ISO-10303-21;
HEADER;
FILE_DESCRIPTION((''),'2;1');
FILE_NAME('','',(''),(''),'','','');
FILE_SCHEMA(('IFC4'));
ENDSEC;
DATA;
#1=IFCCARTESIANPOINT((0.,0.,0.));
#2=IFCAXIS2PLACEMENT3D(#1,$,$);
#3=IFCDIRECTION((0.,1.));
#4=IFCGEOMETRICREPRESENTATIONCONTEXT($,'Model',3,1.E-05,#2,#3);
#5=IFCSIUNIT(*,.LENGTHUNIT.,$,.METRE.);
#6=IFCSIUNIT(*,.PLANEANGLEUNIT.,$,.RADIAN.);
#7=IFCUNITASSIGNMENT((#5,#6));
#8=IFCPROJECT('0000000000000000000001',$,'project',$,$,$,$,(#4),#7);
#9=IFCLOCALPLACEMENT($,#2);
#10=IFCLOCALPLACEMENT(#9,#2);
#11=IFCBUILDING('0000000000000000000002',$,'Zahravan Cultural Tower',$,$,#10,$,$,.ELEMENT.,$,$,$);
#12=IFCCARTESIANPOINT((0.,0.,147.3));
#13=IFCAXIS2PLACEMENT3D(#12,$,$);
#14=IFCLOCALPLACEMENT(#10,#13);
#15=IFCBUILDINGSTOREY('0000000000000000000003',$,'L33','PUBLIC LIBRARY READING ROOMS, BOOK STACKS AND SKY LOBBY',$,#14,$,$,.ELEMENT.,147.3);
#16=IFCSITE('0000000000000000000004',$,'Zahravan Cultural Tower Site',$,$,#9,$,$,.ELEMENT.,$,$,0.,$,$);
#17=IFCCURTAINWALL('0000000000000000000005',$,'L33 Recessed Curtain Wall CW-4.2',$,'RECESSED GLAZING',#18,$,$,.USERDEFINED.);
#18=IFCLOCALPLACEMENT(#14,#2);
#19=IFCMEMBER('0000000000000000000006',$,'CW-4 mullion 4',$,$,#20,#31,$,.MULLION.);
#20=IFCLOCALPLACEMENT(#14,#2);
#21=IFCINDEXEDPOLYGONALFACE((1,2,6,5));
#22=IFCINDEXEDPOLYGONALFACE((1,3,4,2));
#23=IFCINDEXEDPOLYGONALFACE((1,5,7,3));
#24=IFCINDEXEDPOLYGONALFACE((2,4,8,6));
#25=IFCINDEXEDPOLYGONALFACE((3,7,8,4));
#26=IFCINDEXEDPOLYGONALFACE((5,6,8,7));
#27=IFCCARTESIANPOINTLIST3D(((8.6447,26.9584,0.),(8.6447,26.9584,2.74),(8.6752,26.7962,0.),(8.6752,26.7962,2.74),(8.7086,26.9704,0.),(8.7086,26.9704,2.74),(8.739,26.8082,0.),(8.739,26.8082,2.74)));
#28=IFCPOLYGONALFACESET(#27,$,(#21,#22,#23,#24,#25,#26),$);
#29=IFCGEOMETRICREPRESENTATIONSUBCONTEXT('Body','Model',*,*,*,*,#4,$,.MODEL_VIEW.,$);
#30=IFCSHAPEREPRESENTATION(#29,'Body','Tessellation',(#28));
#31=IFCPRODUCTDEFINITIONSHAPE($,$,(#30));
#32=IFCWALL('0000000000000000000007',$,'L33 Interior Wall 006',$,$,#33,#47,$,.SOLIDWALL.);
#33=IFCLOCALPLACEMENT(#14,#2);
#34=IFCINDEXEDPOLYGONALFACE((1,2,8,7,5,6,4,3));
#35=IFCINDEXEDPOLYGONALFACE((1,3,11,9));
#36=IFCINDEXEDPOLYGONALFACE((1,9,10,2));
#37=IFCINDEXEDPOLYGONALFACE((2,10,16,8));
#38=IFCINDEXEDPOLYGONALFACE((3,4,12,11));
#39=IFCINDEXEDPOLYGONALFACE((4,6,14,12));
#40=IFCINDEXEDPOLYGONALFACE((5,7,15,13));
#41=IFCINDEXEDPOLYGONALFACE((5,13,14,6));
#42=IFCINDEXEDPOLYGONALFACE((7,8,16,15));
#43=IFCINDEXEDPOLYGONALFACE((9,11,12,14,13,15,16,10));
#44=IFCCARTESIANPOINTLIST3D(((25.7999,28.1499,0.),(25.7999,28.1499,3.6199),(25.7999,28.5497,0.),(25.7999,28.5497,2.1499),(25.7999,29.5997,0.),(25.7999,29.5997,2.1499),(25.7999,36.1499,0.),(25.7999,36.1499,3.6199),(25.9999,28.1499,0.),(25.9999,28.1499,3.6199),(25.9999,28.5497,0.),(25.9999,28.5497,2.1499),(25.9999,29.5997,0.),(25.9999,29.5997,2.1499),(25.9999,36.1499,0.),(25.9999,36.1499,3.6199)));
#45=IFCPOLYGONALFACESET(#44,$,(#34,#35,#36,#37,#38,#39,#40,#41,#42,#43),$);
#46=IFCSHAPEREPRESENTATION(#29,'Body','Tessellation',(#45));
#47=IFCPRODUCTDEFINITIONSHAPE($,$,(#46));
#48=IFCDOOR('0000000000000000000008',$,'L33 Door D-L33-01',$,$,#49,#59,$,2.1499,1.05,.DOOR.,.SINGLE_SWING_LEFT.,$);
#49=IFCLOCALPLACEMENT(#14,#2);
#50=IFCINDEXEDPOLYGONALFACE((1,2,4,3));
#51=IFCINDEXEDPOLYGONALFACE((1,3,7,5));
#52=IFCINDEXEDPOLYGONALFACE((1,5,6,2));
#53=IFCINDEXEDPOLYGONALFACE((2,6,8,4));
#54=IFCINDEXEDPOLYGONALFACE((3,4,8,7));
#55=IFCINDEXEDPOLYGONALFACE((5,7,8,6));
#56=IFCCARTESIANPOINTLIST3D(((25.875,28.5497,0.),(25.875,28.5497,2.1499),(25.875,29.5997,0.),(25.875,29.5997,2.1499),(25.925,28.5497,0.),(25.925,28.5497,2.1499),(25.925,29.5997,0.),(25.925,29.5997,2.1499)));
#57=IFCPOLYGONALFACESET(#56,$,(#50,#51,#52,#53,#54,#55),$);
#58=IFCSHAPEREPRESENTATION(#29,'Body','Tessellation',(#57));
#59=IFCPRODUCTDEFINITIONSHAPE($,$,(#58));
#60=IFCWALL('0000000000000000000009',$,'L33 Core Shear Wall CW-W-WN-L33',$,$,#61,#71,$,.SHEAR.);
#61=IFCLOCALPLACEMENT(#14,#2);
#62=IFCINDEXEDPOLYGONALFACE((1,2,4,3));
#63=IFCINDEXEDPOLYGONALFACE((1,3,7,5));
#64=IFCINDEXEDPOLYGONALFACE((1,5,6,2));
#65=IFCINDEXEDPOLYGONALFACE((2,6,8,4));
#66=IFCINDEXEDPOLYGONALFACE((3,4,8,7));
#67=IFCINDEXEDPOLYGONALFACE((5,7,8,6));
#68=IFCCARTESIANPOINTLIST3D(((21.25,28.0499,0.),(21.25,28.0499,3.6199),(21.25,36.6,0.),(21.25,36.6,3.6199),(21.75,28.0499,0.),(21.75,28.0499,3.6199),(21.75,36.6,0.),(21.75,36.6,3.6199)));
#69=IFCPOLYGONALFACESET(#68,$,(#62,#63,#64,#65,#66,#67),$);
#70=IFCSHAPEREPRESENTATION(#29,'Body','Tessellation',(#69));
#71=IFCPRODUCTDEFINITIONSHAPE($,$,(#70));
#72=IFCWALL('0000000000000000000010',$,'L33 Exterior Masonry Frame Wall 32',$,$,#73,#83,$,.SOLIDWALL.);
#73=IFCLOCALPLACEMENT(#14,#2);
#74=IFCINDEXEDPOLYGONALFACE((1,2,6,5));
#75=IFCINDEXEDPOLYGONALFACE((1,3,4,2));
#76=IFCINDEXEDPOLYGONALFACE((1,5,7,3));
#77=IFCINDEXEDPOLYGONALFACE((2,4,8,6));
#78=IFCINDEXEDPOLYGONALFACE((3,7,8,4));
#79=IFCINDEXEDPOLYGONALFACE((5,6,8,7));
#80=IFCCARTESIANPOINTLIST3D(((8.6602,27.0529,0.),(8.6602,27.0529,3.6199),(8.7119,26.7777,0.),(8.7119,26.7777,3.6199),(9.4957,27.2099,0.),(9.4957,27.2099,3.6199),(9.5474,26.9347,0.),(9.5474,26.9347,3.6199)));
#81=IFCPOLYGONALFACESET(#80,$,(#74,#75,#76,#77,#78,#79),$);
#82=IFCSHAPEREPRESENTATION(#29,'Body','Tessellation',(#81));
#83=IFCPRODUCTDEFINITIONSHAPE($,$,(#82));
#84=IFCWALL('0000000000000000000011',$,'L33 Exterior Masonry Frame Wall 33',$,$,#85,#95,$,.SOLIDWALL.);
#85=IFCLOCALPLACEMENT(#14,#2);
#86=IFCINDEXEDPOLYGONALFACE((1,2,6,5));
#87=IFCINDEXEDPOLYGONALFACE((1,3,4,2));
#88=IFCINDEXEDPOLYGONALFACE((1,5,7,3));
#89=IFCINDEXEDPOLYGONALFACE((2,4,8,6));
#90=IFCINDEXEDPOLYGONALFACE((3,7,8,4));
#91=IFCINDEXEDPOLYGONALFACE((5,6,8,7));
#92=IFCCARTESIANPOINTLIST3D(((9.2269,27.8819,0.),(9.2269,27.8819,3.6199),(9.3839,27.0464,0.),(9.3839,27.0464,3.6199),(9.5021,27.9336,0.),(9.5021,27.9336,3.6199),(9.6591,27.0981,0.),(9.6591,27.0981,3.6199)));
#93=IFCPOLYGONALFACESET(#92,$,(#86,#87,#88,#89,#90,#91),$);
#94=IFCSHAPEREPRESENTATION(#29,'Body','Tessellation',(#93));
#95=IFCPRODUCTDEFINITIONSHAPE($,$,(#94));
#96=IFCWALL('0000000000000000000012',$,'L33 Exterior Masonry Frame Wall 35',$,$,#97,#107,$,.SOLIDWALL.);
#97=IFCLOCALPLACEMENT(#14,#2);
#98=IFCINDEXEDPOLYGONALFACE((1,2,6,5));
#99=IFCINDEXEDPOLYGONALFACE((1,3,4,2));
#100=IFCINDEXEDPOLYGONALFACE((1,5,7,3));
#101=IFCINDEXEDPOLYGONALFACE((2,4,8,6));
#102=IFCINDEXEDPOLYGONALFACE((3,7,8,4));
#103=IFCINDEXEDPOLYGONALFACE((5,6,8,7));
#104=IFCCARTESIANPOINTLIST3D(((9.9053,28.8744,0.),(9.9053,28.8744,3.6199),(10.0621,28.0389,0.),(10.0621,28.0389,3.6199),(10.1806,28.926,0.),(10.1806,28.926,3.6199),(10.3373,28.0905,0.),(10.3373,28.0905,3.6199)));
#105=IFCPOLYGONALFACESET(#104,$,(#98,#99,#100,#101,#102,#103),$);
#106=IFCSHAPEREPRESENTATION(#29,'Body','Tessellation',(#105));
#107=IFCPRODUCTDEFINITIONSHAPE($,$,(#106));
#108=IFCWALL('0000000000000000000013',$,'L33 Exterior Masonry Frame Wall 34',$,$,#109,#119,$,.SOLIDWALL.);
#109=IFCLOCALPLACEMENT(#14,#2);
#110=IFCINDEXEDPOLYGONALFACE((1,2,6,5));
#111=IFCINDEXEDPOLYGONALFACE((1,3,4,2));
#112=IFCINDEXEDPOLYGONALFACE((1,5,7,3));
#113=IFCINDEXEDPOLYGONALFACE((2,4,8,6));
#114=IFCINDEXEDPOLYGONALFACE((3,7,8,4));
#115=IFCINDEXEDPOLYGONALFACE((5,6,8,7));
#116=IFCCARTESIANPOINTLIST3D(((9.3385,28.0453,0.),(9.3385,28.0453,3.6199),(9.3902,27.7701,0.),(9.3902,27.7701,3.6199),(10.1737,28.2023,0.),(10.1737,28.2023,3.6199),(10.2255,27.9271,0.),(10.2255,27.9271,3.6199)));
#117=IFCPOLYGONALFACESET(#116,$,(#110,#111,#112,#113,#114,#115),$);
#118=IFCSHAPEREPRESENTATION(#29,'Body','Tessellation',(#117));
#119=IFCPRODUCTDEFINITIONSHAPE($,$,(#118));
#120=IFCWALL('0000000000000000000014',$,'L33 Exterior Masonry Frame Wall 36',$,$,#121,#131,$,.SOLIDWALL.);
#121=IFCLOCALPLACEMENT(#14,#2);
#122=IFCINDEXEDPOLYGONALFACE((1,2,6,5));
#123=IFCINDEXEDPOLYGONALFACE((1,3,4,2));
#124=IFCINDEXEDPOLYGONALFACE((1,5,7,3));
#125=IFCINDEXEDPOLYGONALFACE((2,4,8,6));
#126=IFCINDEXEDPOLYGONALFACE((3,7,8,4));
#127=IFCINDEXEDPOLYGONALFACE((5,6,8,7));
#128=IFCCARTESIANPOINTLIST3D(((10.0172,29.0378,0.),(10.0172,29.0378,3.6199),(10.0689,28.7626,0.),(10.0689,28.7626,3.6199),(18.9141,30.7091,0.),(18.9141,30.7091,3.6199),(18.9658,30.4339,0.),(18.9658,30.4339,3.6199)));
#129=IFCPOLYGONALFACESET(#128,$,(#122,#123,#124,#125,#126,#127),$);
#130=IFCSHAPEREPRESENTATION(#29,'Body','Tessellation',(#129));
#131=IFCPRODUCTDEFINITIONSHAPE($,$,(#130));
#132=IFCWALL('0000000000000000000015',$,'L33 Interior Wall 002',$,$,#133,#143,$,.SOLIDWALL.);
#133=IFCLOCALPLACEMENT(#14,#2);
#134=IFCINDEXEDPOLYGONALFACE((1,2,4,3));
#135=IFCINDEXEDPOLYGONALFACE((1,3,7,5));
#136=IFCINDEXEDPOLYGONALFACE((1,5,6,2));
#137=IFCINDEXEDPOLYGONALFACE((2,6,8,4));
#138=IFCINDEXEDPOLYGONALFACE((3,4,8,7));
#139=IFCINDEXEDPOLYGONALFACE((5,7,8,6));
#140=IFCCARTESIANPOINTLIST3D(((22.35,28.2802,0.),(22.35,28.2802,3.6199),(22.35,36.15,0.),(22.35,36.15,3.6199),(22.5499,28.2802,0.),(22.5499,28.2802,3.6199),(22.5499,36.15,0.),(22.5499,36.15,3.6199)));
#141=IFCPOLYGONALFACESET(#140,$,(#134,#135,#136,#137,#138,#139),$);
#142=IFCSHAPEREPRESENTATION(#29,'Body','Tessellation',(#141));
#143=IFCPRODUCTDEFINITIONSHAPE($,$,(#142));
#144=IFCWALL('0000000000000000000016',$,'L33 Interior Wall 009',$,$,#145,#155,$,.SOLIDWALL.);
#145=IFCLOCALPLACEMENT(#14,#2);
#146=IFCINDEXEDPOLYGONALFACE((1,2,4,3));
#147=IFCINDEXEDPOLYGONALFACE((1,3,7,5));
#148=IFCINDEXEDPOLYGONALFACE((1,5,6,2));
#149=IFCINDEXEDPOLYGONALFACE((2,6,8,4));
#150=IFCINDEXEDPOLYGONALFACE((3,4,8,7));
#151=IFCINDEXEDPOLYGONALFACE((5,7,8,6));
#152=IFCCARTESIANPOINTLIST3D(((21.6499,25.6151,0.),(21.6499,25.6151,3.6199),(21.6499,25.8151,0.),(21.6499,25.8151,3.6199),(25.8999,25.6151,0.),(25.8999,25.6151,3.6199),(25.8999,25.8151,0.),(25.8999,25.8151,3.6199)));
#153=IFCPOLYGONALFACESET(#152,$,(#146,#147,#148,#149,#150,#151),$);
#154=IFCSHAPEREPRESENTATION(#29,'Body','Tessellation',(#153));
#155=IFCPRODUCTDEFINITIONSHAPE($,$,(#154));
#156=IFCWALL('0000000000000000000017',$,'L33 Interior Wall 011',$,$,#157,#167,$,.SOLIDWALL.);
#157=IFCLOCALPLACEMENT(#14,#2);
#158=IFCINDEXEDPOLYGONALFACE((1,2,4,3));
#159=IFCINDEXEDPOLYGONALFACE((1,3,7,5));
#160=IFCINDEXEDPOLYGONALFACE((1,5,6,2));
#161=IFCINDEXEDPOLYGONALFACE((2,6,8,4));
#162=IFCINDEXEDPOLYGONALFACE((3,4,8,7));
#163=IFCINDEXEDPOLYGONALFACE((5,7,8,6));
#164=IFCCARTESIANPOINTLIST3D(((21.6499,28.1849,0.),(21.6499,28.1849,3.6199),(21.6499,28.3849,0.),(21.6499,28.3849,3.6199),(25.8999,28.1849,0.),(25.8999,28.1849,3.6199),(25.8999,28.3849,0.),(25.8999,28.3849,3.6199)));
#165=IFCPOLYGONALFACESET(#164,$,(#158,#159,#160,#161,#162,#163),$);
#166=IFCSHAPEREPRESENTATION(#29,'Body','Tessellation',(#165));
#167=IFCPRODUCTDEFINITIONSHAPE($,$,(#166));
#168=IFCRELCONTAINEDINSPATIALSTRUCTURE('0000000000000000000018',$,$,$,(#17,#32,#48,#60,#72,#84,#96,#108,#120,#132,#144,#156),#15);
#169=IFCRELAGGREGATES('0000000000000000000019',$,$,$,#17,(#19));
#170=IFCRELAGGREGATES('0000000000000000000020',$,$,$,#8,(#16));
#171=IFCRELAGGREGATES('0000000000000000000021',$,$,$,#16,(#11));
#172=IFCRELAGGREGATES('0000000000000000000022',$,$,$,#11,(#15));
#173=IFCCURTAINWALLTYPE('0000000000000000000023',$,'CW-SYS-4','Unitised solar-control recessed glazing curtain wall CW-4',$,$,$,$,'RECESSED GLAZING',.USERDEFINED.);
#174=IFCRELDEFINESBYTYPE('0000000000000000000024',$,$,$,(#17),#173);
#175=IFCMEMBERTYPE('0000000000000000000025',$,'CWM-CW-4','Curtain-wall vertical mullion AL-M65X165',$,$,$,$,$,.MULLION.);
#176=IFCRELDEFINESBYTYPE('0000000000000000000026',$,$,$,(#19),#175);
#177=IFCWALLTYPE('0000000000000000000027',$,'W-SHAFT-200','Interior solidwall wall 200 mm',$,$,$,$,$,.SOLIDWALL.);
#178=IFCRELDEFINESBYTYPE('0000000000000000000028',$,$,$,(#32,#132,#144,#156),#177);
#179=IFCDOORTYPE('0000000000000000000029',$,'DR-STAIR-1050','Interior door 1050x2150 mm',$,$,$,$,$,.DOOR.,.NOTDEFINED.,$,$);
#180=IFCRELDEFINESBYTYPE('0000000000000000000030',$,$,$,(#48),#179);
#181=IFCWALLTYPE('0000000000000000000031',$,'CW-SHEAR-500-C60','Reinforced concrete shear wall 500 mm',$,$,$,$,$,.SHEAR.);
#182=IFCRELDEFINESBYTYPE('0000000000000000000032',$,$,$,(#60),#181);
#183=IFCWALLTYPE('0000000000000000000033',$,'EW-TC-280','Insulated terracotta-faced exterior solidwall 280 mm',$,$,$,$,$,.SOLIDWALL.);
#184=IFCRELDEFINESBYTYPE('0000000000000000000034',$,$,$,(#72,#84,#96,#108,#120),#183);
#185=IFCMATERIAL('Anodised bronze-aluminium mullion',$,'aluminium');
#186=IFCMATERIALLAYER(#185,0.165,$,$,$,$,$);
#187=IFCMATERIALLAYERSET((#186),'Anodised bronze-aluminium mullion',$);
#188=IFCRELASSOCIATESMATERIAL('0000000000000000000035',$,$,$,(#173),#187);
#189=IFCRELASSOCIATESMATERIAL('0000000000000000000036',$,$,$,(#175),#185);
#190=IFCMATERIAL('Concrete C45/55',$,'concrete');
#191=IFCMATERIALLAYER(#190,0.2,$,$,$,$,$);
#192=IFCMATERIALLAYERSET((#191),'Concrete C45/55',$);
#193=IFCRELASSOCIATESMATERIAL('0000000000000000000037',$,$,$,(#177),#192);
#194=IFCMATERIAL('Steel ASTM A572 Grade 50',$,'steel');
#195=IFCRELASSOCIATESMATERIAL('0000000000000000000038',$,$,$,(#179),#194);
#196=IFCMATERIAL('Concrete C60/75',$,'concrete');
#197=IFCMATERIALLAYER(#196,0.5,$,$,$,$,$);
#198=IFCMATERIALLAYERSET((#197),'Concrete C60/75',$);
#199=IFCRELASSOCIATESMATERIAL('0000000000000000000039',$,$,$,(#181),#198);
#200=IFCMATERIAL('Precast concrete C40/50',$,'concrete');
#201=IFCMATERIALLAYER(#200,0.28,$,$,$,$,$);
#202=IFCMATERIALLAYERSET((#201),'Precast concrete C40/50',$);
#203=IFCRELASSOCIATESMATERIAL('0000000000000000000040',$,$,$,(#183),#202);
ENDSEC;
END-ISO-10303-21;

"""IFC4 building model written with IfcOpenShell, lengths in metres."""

from ifc_helpers import new_model, si_unit, direction, frame, frame_2d, origin, origin_2d, place, context, subcontext, project, spatial, rectangle, extrude, source, transform, mapped, material, layer, layer_set, material_profile, profile_set, type_object, element, fill, aggregate, save


model = new_model("IFC4")

# Units and contexts
model_context = context("Model", 3, precision=1e-05, world=origin(), true_north=direction((0.0, 1.0)))
body_context = subcontext(model_context, "Body", "Model", "MODEL_VIEW")
ifc_project = project(units=[si_unit("LENGTHUNIT", "METRE"), si_unit("PLANEANGLEUNIT", "RADIAN")], contexts=[model_context])

# Site, building, storey
site_placement = place(None, origin())
site = spatial("IfcSite", under=ifc_project, at=site_placement, Name="Zahravan Cultural Tower Site", CompositionType="ELEMENT", RefElevation=0.0)
building_placement = place(site_placement, origin())
building = spatial("IfcBuilding", under=site, at=building_placement, Name="Zahravan Cultural Tower", CompositionType="ELEMENT")
storey_placement = place(building_placement, frame((0.0, 0.0, 147.3)))
storey = spatial("IfcBuildingStorey", under=building, at=storey_placement, Name="L33", Description="PUBLIC LIBRARY READING ROOMS, BOOK STACKS AND SKY LOBBY", CompositionType="ELEMENT", Elevation=147.3)

# Curtain wall, member
ifc_material_1 = material(Name="Anodised bronze-aluminium mullion", Category="aluminium")
ifc_layer_1 = layer(ifc_material_1, 0.165)
ifc_layer_set_1 = layer_set([ifc_layer_1], Name="Anodised bronze-aluminium mullion")
curtain_wall_type = type_object("IfcCurtainWallType", Name="CW-SYS-4", Description="Unitised solar-control recessed glazing curtain wall CW-4", ElementType="RECESSED GLAZING", PredefinedType="USERDEFINED", material=ifc_layer_set_1)
curtain_wall_placement = place(storey_placement, origin())
curtain_wall = element("IfcCurtainWall", 1, at=curtain_wall_placement, inside=storey, type_object=curtain_wall_type, Name="L33 Recessed Curtain Wall CW-4.2", ObjectType="RECESSED GLAZING", PredefinedType="USERDEFINED")
ifc_material_profile_1 = material_profile(ifc_material_1, rectangle(XDim=0.0649, YDim=0.165, at=origin_2d()), Name="AL-M65X165")
ifc_profile_set_1 = profile_set([ifc_material_profile_1], Name="Anodised bronze-aluminium mullion")
member_type = type_object("IfcMemberType", Name="CWM-CW-4", Description="Curtain-wall vertical mullion AL-M65X165", PredefinedType="MULLION", material=ifc_profile_set_1)
shared_shape_1 = source(origin(), body_context, "Body", "SweptSolid", [
    extrude(rectangle(XDim=0.0649, YDim=0.165, at=origin_2d()), origin(), (0.0, 0.0, 1.0), 2.74),
])
member_placement = place(storey_placement, frame((8.6919, 26.8833, 0.0), z_axis=(0.0, 0.0, 1.0), x_axis=(-0.982807, -0.184638, 0.0)))
member = element("IfcMember", 2, at=member_placement, type_object=member_type, Name="CW-4 mullion 4", PredefinedType="MULLION", context=body_context, shape_type="MappedRepresentation", body=[
    mapped(shared_shape_1, transform((0.0, 0.0, 0.0), x_axis=(1.0, 0.0, 0.0), y_axis=(0.0, 1.0, 0.0), z_axis=(0.0, 0.0, 1.0), scale=1.0)),
])
aggregate(curtain_wall, [member])

# Wall, opening, door
ifc_material_2 = material(Name="Concrete C45/55", Category="concrete")
ifc_layer_2 = layer(ifc_material_2, 0.2)
ifc_layer_set_2 = layer_set([ifc_layer_2], Name="Concrete C45/55")
wall_type_1 = type_object("IfcWallType", Name="W-SHAFT-200", Description="Interior solidwall wall 200 mm", PredefinedType="SOLIDWALL", material=ifc_layer_set_2)
wall_1_placement = place(storey_placement, frame((25.8999, 28.1499, 0.0), z_axis=(0.0, 0.0, 1.0), x_axis=(0.0, 1.0, 0.0)))
wall_1 = element("IfcWall", 3, at=wall_1_placement, inside=storey, type_object=wall_type_1, Name="L33 Interior Wall 006", PredefinedType="SOLIDWALL", context=body_context, shape_type="SweptSolid", body=[
    extrude(rectangle(XDim=8.0, YDim=0.2, at=frame_2d((4.0, 0.0))), origin(), (0.0, 0.0, 1.0), 3.6199),
])
opening_placement = place(wall_1_placement, frame((0.3999, 0.0, 0.0)))
opening = element("IfcOpeningElement", 4, at=opening_placement, cuts=wall_1, PredefinedType="OPENING", context=body_context, shape_type="SweptSolid", body=[
    extrude(rectangle(XDim=1.05, YDim=2.1499, at=frame_2d((0.5249, 1.075))), frame((0.0, 0.1099, 0.0), z_axis=(0.0, -1.0, 0.0), x_axis=(1.0, 0.0, 0.0)), (0.0, 0.0, 1.0), 0.22),
])
ifc_material_3 = material(Name="Steel ASTM A572 Grade 50", Category="steel")
door_type = type_object("IfcDoorType", Name="DR-STAIR-1050", Description="Interior door 1050x2150 mm", OperationType="NOTDEFINED", PredefinedType="DOOR", material=ifc_material_3)
shared_shape_2 = source(origin(), body_context, "Body", "SweptSolid", [
    extrude(rectangle(XDim=1.05, YDim=2.1499, at=frame_2d((0.5249, 1.075))), frame((0.0, 0.0249, 0.0), z_axis=(0.0, -1.0, 0.0), x_axis=(1.0, 0.0, 0.0)), (0.0, 0.0, 1.0), 0.05),
])
door_placement = place(opening_placement, origin())
door = element("IfcDoor", 5, at=door_placement, inside=storey, type_object=door_type, Name="L33 Door D-L33-01", OperationType="SINGLE_SWING_LEFT", OverallHeight=2.1499, OverallWidth=1.05, PredefinedType="DOOR", context=body_context, shape_type="MappedRepresentation", body=[
    mapped(shared_shape_2, transform((0.0, 0.0, 0.0), x_axis=(1.0, 0.0, 0.0), y_axis=(0.0, 1.0, 0.0), z_axis=(0.0, 0.0, 1.0), scale=1.0)),
])
fill(opening, door)

# Walls
ifc_material_4 = material(Name="Concrete C60/75", Category="concrete")
ifc_layer_3 = layer(ifc_material_4, 0.5)
ifc_layer_set_3 = layer_set([ifc_layer_3], Name="Concrete C60/75")
wall_type_2 = type_object("IfcWallType", Name="CW-SHEAR-500-C60", Description="Reinforced concrete shear wall 500 mm", PredefinedType="SHEAR", material=ifc_layer_set_3)
shared_shape_3 = source(origin(), body_context, "Body", "SweptSolid", [
    extrude(rectangle(XDim=8.55, YDim=0.5, at=frame_2d((4.2749, 0.0))), origin(), (0.0, 0.0, 1.0), 3.6199),
])
wall_2_placement = place(storey_placement, frame((21.5, 28.05, 0.0), z_axis=(0.0, 0.0, 1.0), x_axis=(0.0, 1.0, 0.0)))
element("IfcWall", 6, at=wall_2_placement, inside=storey, type_object=wall_type_2, Name="L33 Core Shear Wall CW-W-WN-L33", PredefinedType="SHEAR", context=body_context, shape_type="MappedRepresentation", body=[
    mapped(shared_shape_3, transform((0.0, 0.0, 0.0), x_axis=(1.0, 0.0, 0.0), y_axis=(0.0, 1.0, 0.0), z_axis=(0.0, 0.0, 1.0), scale=1.0)),
])
ifc_material_5 = material(Name="Precast concrete C40/50", Category="concrete")
ifc_layer_4 = layer(ifc_material_5, 0.28)
ifc_layer_set_4 = layer_set([ifc_layer_4], Name="Precast concrete C40/50")
wall_type_3 = type_object("IfcWallType", Name="EW-TC-280", Description="Insulated terracotta-faced exterior solidwall 280 mm", PredefinedType="SOLIDWALL", material=ifc_layer_set_4)
shared_shape_4 = source(origin(), body_context, "Body", "SweptSolid", [
    extrude(rectangle(XDim=0.8501, YDim=0.28, at=frame_2d((0.425, 0.0))), origin(), (0.0, 0.0, 1.0), 3.6199),
])
for number, where, z_axis, x_axis, name in (
    (7, (8.686, 26.9153, 0.0), (0.0, 0.0, 1.0), (0.982801, 0.18467, 0.0), "L33 Exterior Masonry Frame Wall 32"),
    (8, (9.5215, 27.0723, 0.0), (0.0, 0.0, 1.0), (-0.18467, 0.982801, 0.0), "L33 Exterior Masonry Frame Wall 33"),
    (9, (10.1997, 28.0647, 0.0), (0.0, 0.0, 1.0), (-0.184393, 0.982853, 0.0), "L33 Exterior Masonry Frame Wall 35"),
):
    element("IfcWall", number, at=place(storey_placement, frame(where, z_axis=z_axis, x_axis=x_axis)), inside=storey, type_object=wall_type_3, Name=name, PredefinedType="SOLIDWALL", context=body_context, shape_type="MappedRepresentation", body=[
        mapped(shared_shape_4, transform((0.0, 0.0, 0.0), x_axis=(1.0, 0.0, 0.0), y_axis=(0.0, 1.0, 0.0), z_axis=(0.0, 0.0, 1.0), scale=1.0)),
    ])
shared_shape_5 = source(origin(), body_context, "Body", "SweptSolid", [
    extrude(rectangle(XDim=0.8499, YDim=0.28, at=frame_2d((0.4248, 0.0))), origin(), (0.0, 0.0, 1.0), 3.6199),
])
wall_3_placement = place(storey_placement, frame((9.3645, 27.9077, 0.0), z_axis=(0.0, 0.0, 1.0), x_axis=(0.982791, 0.184722, 0.0)))
element("IfcWall", 10, at=wall_3_placement, inside=storey, type_object=wall_type_3, Name="L33 Exterior Masonry Frame Wall 34", PredefinedType="SOLIDWALL", context=body_context, shape_type="MappedRepresentation", body=[
    mapped(shared_shape_5, transform((0.0, 0.0, 0.0), x_axis=(1.0, 0.0, 0.0), y_axis=(0.0, 1.0, 0.0), z_axis=(0.0, 0.0, 1.0), scale=1.0)),
])
shared_shape_6 = source(origin(), body_context, "Body", "SweptSolid", [
    extrude(rectangle(XDim=9.0525, YDim=0.28, at=frame_2d((4.5264, 0.0))), origin(), (0.0, 0.0, 1.0), 3.6199),
])
wall_4_placement = place(storey_placement, frame((10.043, 28.9001, 0.0), z_axis=(0.0, 0.0, 1.0), x_axis=(0.982808, 0.18463, 0.0)))
element("IfcWall", 11, at=wall_4_placement, inside=storey, type_object=wall_type_3, Name="L33 Exterior Masonry Frame Wall 36", PredefinedType="SOLIDWALL", context=body_context, shape_type="MappedRepresentation", body=[
    mapped(shared_shape_6, transform((0.0, 0.0, 0.0), x_axis=(1.0, 0.0, 0.0), y_axis=(0.0, 1.0, 0.0), z_axis=(0.0, 0.0, 1.0), scale=1.0)),
])
shared_shape_7 = source(origin(), body_context, "Body", "SweptSolid", [
    extrude(rectangle(XDim=7.8699, YDim=0.2, at=frame_2d((3.9351, 0.0))), origin(), (0.0, 0.0, 1.0), 3.6199),
])
wall_5_placement = place(storey_placement, frame((22.45, 28.28, 0.0), z_axis=(0.0, 0.0, 1.0), x_axis=(0.0, 1.0, 0.0)))
element("IfcWall", 12, at=wall_5_placement, inside=storey, type_object=wall_type_1, Name="L33 Interior Wall 002", PredefinedType="SOLIDWALL", context=body_context, shape_type="MappedRepresentation", body=[
    mapped(shared_shape_7, transform((0.0, 0.0, 0.0), x_axis=(1.0, 0.0, 0.0), y_axis=(0.0, 1.0, 0.0), z_axis=(0.0, 0.0, 1.0), scale=1.0)),
])
shared_shape_8 = source(origin(), body_context, "Body", "SweptSolid", [
    extrude(rectangle(XDim=4.25, YDim=0.2, at=frame_2d((2.125, 0.0))), origin(), (0.0, 0.0, 1.0), 3.6199),
])
for number, where, z_axis, x_axis, name in (
    (13, (21.6499, 25.7151, 0.0), (0.0, 0.0, 1.0), (1.0, 0.0, 0.0), "L33 Interior Wall 009"),
    (14, (21.6499, 28.2849, 0.0), (0.0, 0.0, 1.0), (1.0, 0.0, 0.0), "L33 Interior Wall 011"),
):
    element("IfcWall", number, at=place(storey_placement, frame(where, z_axis=z_axis, x_axis=x_axis)), inside=storey, type_object=wall_type_1, Name=name, PredefinedType="SOLIDWALL", context=body_context, shape_type="MappedRepresentation", body=[
        mapped(shared_shape_8, transform((0.0, 0.0, 0.0), x_axis=(1.0, 0.0, 0.0), y_axis=(0.0, 1.0, 0.0), z_axis=(0.0, 0.0, 1.0), scale=1.0)),
    ])

save(model, "model.ifc")
